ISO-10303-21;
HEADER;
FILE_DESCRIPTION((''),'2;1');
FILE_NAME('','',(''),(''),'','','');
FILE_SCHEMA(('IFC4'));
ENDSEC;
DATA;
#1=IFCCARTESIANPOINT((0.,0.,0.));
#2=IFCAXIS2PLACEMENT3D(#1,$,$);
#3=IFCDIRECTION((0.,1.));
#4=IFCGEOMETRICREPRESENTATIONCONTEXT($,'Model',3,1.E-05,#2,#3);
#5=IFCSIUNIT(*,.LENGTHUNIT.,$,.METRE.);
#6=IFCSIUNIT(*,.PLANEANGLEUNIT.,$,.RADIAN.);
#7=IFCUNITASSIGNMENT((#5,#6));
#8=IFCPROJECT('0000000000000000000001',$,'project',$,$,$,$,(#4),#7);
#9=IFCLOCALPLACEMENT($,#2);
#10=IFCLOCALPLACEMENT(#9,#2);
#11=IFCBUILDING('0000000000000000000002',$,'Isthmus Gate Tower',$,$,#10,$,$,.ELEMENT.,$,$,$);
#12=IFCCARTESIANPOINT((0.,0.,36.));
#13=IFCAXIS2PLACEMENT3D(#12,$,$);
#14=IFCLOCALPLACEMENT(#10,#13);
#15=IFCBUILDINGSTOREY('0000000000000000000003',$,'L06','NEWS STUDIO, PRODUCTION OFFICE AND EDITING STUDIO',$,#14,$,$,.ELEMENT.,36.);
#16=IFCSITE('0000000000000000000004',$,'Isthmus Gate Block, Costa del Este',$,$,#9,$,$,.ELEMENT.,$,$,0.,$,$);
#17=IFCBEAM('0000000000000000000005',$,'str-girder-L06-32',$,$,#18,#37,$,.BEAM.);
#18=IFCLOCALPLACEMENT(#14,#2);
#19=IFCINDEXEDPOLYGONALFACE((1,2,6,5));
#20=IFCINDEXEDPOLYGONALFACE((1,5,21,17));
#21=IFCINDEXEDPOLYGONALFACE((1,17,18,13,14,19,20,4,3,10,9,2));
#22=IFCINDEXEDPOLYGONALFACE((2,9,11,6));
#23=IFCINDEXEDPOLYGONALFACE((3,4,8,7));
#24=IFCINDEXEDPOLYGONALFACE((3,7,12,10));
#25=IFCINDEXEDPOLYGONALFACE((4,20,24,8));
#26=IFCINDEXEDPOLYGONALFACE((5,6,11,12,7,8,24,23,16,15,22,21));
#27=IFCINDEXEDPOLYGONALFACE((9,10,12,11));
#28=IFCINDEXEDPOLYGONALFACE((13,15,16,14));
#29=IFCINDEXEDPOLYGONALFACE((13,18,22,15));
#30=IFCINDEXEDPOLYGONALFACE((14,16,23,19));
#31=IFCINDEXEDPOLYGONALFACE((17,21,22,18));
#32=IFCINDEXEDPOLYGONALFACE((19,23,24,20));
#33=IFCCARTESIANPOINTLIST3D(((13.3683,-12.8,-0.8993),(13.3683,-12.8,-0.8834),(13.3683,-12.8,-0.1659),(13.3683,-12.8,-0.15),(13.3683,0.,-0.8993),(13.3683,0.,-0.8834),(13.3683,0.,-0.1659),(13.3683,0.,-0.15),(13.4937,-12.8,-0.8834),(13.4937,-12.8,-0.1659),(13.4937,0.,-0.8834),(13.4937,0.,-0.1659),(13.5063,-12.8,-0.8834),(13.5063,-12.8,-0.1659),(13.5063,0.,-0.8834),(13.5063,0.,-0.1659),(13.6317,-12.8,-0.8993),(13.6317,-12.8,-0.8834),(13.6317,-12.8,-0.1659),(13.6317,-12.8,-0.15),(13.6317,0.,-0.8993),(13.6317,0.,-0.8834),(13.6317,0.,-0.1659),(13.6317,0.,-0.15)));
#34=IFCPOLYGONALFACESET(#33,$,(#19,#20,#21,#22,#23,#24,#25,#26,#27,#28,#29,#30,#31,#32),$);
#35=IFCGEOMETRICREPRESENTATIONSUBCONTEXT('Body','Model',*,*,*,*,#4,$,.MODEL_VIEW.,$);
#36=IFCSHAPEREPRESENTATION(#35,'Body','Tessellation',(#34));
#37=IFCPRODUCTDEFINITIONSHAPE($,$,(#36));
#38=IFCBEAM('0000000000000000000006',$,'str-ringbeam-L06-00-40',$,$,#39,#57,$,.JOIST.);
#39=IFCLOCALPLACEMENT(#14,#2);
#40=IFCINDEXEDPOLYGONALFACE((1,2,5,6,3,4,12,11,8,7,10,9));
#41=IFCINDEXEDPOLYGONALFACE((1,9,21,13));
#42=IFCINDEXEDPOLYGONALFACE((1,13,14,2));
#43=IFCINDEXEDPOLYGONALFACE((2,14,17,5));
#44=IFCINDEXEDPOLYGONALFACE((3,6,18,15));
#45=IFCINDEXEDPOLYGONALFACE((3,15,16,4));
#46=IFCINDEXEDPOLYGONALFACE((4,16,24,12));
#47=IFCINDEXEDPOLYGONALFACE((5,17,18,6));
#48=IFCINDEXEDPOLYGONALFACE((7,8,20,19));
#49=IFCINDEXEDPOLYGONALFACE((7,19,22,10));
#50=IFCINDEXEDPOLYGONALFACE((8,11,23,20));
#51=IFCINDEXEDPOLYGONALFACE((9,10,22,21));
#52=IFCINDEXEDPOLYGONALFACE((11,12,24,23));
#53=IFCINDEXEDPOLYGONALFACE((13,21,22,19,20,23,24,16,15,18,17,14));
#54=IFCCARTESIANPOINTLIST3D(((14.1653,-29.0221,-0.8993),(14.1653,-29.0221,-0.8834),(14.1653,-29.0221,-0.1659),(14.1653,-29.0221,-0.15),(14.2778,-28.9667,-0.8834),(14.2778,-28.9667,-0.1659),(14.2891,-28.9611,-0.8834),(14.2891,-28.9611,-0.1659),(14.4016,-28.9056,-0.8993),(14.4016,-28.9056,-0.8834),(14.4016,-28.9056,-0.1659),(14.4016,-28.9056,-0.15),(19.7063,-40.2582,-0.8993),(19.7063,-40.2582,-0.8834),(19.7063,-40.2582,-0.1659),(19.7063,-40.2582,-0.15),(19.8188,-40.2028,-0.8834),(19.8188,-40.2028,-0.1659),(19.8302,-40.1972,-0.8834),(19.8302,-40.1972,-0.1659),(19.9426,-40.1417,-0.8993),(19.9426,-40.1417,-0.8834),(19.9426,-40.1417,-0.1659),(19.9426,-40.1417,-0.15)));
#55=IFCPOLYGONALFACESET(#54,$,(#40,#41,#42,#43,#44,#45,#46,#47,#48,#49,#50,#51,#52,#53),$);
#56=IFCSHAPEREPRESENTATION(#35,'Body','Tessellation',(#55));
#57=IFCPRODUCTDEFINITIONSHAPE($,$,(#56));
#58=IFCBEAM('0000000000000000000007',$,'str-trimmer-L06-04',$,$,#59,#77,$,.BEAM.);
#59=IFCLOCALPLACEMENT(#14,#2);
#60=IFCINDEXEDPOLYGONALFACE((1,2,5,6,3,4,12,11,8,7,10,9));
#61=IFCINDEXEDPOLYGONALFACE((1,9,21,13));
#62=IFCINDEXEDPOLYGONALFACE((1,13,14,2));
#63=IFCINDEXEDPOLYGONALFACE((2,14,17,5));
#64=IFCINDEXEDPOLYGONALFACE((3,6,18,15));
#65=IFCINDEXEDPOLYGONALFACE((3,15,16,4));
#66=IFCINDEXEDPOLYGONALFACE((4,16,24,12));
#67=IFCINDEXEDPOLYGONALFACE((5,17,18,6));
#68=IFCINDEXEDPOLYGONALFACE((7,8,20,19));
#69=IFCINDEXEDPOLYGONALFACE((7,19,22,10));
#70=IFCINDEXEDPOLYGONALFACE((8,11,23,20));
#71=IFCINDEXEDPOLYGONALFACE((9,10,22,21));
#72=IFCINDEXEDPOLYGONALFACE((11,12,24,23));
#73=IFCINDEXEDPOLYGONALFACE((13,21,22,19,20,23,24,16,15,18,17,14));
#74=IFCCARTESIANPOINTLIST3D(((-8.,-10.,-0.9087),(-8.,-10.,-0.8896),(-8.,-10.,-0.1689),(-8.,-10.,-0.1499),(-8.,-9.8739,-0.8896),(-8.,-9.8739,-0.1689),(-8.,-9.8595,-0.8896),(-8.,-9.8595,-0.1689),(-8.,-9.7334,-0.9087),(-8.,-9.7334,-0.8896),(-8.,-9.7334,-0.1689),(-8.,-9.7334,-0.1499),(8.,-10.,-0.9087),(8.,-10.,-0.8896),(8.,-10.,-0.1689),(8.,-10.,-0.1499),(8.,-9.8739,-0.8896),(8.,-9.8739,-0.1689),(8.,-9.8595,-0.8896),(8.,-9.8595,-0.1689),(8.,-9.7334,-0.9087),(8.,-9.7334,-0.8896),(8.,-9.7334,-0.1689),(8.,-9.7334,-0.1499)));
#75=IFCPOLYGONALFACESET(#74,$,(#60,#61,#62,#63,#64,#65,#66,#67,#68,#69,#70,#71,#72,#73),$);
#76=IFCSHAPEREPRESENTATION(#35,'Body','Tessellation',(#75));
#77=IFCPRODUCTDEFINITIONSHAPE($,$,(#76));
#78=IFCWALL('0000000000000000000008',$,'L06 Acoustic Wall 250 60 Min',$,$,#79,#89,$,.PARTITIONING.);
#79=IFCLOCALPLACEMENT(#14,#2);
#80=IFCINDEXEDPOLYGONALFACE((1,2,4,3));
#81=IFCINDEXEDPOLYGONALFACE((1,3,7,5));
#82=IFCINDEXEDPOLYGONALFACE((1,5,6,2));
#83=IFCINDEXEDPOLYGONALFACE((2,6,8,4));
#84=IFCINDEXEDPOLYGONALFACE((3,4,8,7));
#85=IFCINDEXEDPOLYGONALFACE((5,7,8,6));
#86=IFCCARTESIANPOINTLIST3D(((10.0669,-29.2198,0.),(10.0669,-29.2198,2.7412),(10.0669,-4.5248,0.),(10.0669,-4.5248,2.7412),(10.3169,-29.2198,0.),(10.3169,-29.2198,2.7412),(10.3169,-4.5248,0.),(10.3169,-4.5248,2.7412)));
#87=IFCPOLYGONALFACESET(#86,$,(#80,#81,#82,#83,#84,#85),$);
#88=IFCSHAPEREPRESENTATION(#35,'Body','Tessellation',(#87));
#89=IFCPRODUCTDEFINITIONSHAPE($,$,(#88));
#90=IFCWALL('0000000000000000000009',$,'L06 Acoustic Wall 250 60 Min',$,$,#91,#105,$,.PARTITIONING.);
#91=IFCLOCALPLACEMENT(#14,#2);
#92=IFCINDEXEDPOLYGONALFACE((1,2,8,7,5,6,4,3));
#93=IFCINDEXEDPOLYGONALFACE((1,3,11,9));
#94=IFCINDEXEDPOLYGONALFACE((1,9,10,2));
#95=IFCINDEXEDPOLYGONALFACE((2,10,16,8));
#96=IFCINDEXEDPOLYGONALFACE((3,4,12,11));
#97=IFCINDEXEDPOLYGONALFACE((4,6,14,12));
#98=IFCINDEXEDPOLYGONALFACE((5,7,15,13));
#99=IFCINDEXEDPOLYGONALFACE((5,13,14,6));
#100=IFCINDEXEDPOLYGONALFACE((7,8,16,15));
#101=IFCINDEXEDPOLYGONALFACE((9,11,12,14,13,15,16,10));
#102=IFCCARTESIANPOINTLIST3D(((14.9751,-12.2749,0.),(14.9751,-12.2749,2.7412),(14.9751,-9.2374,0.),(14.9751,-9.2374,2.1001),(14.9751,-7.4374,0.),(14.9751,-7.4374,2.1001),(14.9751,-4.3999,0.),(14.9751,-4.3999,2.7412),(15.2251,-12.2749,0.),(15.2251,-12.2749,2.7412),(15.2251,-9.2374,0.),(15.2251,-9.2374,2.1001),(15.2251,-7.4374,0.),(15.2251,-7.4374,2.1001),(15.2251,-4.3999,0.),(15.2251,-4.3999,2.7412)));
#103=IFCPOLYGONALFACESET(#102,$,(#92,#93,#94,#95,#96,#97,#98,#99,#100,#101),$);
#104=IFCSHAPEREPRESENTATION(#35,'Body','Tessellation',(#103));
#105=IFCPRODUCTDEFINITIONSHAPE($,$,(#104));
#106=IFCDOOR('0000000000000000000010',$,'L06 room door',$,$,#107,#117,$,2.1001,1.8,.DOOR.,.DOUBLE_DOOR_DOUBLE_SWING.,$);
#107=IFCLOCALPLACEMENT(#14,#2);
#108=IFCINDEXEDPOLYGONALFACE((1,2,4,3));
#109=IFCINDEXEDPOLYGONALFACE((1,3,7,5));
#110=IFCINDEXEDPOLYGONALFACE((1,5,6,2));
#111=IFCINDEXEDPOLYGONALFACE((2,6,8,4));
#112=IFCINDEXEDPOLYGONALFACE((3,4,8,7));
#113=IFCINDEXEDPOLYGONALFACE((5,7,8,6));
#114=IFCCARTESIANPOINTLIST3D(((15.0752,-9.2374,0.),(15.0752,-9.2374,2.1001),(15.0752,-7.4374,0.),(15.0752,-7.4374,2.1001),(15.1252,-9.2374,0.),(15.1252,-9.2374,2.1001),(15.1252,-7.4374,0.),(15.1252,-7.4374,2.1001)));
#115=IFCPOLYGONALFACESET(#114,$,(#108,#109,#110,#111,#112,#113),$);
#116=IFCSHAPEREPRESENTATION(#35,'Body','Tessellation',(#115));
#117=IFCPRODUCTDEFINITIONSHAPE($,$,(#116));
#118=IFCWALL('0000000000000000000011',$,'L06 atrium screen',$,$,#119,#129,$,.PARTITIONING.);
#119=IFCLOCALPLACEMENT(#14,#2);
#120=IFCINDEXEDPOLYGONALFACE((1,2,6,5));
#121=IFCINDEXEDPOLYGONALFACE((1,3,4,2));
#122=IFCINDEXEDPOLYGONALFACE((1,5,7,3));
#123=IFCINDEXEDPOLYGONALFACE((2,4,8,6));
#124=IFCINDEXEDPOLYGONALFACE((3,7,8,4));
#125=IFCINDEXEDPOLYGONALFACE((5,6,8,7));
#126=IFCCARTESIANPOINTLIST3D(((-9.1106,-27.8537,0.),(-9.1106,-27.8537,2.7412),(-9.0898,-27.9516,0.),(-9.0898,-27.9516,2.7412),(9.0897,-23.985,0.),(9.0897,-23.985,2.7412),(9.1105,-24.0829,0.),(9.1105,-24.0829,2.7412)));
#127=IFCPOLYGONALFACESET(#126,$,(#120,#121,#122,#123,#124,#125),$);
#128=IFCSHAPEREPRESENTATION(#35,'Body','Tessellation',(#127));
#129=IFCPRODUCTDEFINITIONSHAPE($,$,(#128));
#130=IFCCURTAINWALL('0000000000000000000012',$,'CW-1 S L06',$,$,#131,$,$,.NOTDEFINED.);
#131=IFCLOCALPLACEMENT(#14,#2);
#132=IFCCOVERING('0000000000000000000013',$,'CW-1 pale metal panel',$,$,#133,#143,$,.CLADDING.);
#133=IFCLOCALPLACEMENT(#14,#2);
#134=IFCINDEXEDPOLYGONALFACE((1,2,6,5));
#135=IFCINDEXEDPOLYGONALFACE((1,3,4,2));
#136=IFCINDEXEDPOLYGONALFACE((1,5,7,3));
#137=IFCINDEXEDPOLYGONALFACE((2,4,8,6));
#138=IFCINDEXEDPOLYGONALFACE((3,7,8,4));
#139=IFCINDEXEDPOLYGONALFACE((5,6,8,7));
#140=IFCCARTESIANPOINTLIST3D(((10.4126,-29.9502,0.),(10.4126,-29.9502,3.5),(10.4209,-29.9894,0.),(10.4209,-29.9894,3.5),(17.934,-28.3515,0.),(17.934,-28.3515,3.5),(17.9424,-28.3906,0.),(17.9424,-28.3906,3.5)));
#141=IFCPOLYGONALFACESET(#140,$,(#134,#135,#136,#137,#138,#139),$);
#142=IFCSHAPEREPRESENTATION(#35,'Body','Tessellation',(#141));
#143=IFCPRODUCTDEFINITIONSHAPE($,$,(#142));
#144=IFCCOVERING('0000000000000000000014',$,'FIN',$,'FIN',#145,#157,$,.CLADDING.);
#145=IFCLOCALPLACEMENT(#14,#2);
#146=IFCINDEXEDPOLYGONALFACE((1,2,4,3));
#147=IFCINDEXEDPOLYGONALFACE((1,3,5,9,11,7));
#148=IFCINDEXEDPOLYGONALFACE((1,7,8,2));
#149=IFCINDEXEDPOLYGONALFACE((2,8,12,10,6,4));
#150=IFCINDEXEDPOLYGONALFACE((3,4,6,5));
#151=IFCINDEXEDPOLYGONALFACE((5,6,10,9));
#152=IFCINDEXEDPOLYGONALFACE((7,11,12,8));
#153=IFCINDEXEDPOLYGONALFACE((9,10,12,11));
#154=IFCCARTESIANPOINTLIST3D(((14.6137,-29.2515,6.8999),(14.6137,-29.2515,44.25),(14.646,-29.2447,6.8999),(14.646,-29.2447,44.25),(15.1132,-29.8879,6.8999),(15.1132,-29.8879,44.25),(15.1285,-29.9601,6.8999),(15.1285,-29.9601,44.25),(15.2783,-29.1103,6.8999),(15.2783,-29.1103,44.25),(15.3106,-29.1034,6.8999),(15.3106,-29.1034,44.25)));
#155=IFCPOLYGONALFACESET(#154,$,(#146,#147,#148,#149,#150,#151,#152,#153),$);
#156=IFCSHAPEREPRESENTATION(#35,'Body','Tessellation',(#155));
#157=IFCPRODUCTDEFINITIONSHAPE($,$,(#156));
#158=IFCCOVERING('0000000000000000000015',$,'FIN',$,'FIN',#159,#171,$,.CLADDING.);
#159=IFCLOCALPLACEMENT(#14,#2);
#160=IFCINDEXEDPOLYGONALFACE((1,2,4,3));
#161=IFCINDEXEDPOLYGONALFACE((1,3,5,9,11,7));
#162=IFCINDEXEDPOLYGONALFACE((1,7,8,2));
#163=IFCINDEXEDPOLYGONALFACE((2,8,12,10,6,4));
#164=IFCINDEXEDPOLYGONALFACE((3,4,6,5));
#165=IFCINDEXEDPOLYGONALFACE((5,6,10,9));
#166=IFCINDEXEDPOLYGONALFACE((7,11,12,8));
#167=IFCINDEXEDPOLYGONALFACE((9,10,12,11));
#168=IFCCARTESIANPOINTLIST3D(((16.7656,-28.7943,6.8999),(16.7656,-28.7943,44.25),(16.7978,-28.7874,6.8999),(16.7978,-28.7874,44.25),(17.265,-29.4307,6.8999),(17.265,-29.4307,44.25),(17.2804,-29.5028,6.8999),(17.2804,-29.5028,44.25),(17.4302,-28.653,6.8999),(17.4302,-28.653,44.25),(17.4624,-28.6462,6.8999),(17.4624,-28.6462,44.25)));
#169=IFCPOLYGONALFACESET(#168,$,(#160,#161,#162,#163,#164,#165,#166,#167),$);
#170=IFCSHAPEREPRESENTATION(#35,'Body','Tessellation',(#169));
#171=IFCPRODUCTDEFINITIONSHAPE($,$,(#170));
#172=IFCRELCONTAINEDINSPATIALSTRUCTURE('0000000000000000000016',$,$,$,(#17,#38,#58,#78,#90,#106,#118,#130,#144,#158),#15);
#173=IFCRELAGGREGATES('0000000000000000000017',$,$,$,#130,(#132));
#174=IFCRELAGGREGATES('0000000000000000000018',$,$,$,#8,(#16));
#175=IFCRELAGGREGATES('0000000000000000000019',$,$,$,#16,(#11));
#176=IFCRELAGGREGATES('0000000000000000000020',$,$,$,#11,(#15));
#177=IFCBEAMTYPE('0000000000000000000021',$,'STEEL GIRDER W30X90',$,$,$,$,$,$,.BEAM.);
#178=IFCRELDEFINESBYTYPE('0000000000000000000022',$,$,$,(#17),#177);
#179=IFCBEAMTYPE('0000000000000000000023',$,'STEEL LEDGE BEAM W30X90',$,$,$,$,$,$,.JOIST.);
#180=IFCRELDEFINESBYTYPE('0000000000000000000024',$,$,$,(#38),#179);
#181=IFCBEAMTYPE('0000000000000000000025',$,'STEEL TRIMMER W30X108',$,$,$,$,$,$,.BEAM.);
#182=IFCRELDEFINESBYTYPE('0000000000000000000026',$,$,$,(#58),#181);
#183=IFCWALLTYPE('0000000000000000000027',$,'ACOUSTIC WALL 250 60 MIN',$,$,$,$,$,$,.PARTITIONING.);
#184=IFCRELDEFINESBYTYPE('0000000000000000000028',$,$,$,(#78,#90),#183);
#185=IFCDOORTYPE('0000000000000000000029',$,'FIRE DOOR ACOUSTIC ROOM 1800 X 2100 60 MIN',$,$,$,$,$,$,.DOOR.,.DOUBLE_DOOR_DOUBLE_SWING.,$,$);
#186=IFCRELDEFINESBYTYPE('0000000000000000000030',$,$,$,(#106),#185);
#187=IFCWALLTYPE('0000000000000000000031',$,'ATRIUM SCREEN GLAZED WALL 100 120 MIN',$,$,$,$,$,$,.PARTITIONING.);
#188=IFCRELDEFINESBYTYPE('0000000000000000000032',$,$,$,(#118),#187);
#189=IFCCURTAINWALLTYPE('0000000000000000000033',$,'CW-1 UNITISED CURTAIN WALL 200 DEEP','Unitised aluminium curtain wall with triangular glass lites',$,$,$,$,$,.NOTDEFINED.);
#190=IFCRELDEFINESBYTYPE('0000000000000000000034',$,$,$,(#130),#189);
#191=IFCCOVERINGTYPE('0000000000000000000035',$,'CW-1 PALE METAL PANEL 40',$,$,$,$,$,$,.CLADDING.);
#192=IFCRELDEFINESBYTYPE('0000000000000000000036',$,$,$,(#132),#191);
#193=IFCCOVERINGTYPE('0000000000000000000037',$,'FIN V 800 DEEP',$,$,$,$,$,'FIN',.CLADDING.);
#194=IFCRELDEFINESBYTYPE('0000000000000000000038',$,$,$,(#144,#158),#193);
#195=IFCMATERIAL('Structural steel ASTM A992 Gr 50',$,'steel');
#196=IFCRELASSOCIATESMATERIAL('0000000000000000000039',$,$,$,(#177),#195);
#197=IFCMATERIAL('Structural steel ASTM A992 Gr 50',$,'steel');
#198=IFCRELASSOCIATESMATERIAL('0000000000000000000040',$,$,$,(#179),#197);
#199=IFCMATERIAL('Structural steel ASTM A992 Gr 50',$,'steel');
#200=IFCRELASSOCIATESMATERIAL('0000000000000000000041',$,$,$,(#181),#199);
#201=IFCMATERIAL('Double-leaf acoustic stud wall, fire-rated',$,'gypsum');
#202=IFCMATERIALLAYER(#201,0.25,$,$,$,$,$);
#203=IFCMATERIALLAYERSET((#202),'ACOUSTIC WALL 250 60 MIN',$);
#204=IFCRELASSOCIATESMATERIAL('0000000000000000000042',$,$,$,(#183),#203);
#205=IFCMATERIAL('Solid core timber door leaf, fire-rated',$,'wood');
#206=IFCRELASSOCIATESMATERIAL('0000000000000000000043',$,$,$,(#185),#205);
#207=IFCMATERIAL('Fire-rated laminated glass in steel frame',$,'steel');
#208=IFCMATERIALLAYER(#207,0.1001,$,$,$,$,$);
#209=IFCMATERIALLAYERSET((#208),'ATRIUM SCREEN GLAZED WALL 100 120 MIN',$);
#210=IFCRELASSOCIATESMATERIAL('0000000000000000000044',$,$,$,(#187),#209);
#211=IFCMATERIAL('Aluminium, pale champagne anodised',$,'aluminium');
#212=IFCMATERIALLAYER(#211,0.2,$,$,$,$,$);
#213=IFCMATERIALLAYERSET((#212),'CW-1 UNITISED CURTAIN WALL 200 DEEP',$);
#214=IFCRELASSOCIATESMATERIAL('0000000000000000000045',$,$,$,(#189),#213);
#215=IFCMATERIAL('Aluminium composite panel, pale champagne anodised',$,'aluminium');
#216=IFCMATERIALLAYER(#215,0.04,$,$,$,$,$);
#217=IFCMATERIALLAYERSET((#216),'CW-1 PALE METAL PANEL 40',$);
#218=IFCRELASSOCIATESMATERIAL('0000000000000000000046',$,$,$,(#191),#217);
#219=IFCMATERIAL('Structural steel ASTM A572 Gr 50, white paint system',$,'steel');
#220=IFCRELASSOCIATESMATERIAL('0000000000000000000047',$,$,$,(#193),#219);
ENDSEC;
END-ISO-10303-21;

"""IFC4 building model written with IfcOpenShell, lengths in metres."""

from ifc_helpers import new_model, si_unit, direction, frame, frame_2d, origin, origin_2d, place, context, subcontext, project, spatial, polyline, rectangle, i_section, outline, extrude, material, layer, layer_set, material_profile, profile_set, type_object, element, fill, aggregate, save


model = new_model("IFC4")

# Units and contexts
model_context = context("Model", 3, precision=1e-05, world=origin(), true_north=direction((0.0, 1.0)))
body_context = subcontext(model_context, "Body", "Model", "MODEL_VIEW")
ifc_project = project(units=[si_unit("LENGTHUNIT", "METRE"), si_unit("PLANEANGLEUNIT", "RADIAN")], contexts=[model_context])

# Site, building, storey
site_placement = place(None, origin())
site = spatial("IfcSite", under=ifc_project, at=site_placement, Name="Isthmus Gate Block, Costa del Este", CompositionType="ELEMENT", RefElevation=0.0)
building_placement = place(site_placement, origin())
building = spatial("IfcBuilding", under=site, at=building_placement, Name="Isthmus Gate Tower", CompositionType="ELEMENT")
storey_placement = place(building_placement, frame((0.0, 0.0, 36.0)))
storey = spatial("IfcBuildingStorey", under=building, at=storey_placement, Name="L06", Description="NEWS STUDIO, PRODUCTION OFFICE AND EDITING STUDIO", CompositionType="ELEMENT", Elevation=36.0)

# Beams
ifc_material_1 = material(Name="Structural steel ASTM A992 Gr 50", Category="steel")
ifc_material_profile_1 = material_profile(ifc_material_1, i_section(OverallWidth=0.2634, OverallDepth=0.7493, WebThickness=0.0127, FlangeThickness=0.0159, at=origin_2d()), Name="W30X90")
ifc_profile_set_1 = profile_set([ifc_material_profile_1], Name="Structural steel ASTM A992 Gr 50")
beam_type_1 = type_object("IfcBeamType", Name="STEEL GIRDER W30X90", PredefinedType="BEAM", material=ifc_profile_set_1)
beam_1_placement = place(storey_placement, frame((13.5, -12.8, -0.5247), z_axis=(0.0, 1.0, 0.0), x_axis=(-1.0, 0.0, 0.0)))
element("IfcBeam", 1, at=beam_1_placement, inside=storey, type_object=beam_type_1, Name="str-girder-L06-32", PredefinedType="BEAM", context=body_context, shape_type="SweptSolid", body=[
    extrude(i_section(OverallWidth=0.2634, OverallDepth=0.7493, WebThickness=0.0127, FlangeThickness=0.0159, at=origin_2d()), origin(), (0.0, 0.0, 1.0), 12.8),
])
ifc_material_2 = material(Name="Structural steel ASTM A992 Gr 50", Category="steel")
ifc_material_profile_2 = material_profile(ifc_material_2, i_section(OverallWidth=0.2634, OverallDepth=0.7493, WebThickness=0.0127, FlangeThickness=0.0159, at=origin_2d()), Name="W30X90")
ifc_profile_set_2 = profile_set([ifc_material_profile_2], Name="Structural steel ASTM A992 Gr 50")
beam_type_2 = type_object("IfcBeamType", Name="STEEL LEDGE BEAM W30X90", PredefinedType="JOIST", material=ifc_profile_set_2)
beam_2_placement = place(storey_placement, frame((14.2834, -28.9639, -0.5247), z_axis=(0.442288, -0.896873, 0.0), x_axis=(0.896873, 0.442288, 0.0)))
element("IfcBeam", 2, at=beam_2_placement, inside=storey, type_object=beam_type_2, Name="str-ringbeam-L06-00-40", PredefinedType="JOIST", context=body_context, shape_type="SweptSolid", body=[
    extrude(i_section(OverallWidth=0.2634, OverallDepth=0.7493, WebThickness=0.0127, FlangeThickness=0.0159, at=origin_2d()), origin(), (0.0, 0.0, 1.0), 12.5281),
])
ifc_material_3 = material(Name="Structural steel ASTM A992 Gr 50", Category="steel")
ifc_material_profile_3 = material_profile(ifc_material_3, i_section(OverallWidth=0.2666, OverallDepth=0.7588, WebThickness=0.0144, FlangeThickness=0.019, at=origin_2d()), Name="W30X108")
ifc_profile_set_3 = profile_set([ifc_material_profile_3], Name="Structural steel ASTM A992 Gr 50")
beam_type_3 = type_object("IfcBeamType", Name="STEEL TRIMMER W30X108", PredefinedType="BEAM", material=ifc_profile_set_3)
beam_3_placement = place(storey_placement, frame((8.0, -9.8667, -0.5293), z_axis=(-1.0, 0.0, 0.0), x_axis=(0.0, -1.0, 0.0)))
element("IfcBeam", 3, at=beam_3_placement, inside=storey, type_object=beam_type_3, Name="str-trimmer-L06-04", PredefinedType="BEAM", context=body_context, shape_type="SweptSolid", body=[
    extrude(i_section(OverallWidth=0.2666, OverallDepth=0.7588, WebThickness=0.0144, FlangeThickness=0.019, at=origin_2d()), origin(), (0.0, 0.0, 1.0), 16.0),
])

# Wall
ifc_material_4 = material(Name="Double-leaf acoustic stud wall, fire-rated", Category="gypsum")
ifc_layer_1 = layer(ifc_material_4, 0.25)
ifc_layer_set_1 = layer_set([ifc_layer_1], Name="ACOUSTIC WALL 250 60 MIN")
wall_type_1 = type_object("IfcWallType", Name="ACOUSTIC WALL 250 60 MIN", PredefinedType="PARTITIONING", material=ifc_layer_set_1)
wall_1_placement = place(storey_placement, frame((10.1919, -29.22, 0.0), z_axis=(0.0, 0.0, 1.0), x_axis=(0.0, 1.0, 0.0)))
element("IfcWall", 4, at=wall_1_placement, inside=storey, type_object=wall_type_1, Name="L06 Acoustic Wall 250 60 Min", PredefinedType="PARTITIONING", context=body_context, shape_type="SweptSolid", body=[
    extrude(rectangle(XDim=24.6951, YDim=0.25, at=frame_2d((12.3477, 0.0))), origin(), (0.0, 0.0, 1.0), 2.7412),
])

# Wall, opening, door
wall_2_placement = place(storey_placement, frame((15.1001, -12.2749, 0.0), z_axis=(0.0, 0.0, 1.0), x_axis=(0.0, 1.0, 0.0)))
wall_2 = element("IfcWall", 5, at=wall_2_placement, inside=storey, type_object=wall_type_1, Name="L06 Acoustic Wall 250 60 Min", PredefinedType="PARTITIONING", context=body_context, shape_type="SweptSolid", body=[
    extrude(rectangle(XDim=7.875, YDim=0.25, at=frame_2d((3.9375, 0.0))), origin(), (0.0, 0.0, 1.0), 2.7412),
])
opening_placement = place(wall_2_placement, frame((3.0376, 0.0, 0.0)))
opening = element("IfcOpeningElement", 6, at=opening_placement, cuts=wall_2, PredefinedType="OPENING", context=body_context, shape_type="SweptSolid", body=[
    extrude(rectangle(XDim=1.8, YDim=2.1001, at=frame_2d((0.8999, 1.05))), frame((0.0, 0.135, 0.0), z_axis=(0.0, -1.0, 0.0), x_axis=(1.0, 0.0, 0.0)), (0.0, 0.0, 1.0), 0.27),
])
ifc_material_5 = material(Name="Solid core timber door leaf, fire-rated", Category="wood")
door_type = type_object("IfcDoorType", Name="FIRE DOOR ACOUSTIC ROOM 1800 X 2100 60 MIN", OperationType="DOUBLE_DOOR_DOUBLE_SWING", PredefinedType="DOOR", material=ifc_material_5)
door_placement = place(opening_placement, origin())
door = element("IfcDoor", 7, at=door_placement, inside=storey, type_object=door_type, Name="L06 room door", OperationType="DOUBLE_DOOR_DOUBLE_SWING", OverallHeight=2.1001, OverallWidth=1.8, PredefinedType="DOOR", context=body_context, shape_type="SweptSolid", body=[
    extrude(rectangle(XDim=1.8, YDim=2.1001, at=frame_2d((0.8999, 1.05))), frame((0.0, 0.0249, 0.0), z_axis=(0.0, -1.0, 0.0), x_axis=(1.0, 0.0, 0.0)), (0.0, 0.0, 1.0), 0.05),
])
fill(opening, door)

# Wall
ifc_material_6 = material(Name="Fire-rated laminated glass in steel frame", Category="steel")
ifc_layer_2 = layer(ifc_material_6, 0.1001)
ifc_layer_set_2 = layer_set([ifc_layer_2], Name="ATRIUM SCREEN GLAZED WALL 100 120 MIN")
wall_type_2 = type_object("IfcWallType", Name="ATRIUM SCREEN GLAZED WALL 100 120 MIN", PredefinedType="PARTITIONING", material=ifc_layer_set_2)
wall_3_placement = place(storey_placement, frame((9.1001, -24.0339, 0.0), z_axis=(0.0, 0.0, 1.0), x_axis=(-0.978147, -0.207916, 0.0)))
element("IfcWall", 8, at=wall_3_placement, inside=storey, type_object=wall_type_2, Name="L06 atrium screen", PredefinedType="PARTITIONING", context=body_context, shape_type="SweptSolid", body=[
    extrude(rectangle(XDim=18.6069, YDim=0.1001, at=frame_2d((9.3035, 0.0))), origin(), (0.0, 0.0, 1.0), 2.7412),
])

# Curtain wall, covering
ifc_material_7 = material(Name="Aluminium, pale champagne anodised", Category="aluminium")
ifc_layer_3 = layer(ifc_material_7, 0.2)
ifc_layer_set_3 = layer_set([ifc_layer_3], Name="CW-1 UNITISED CURTAIN WALL 200 DEEP")
curtain_wall_type = type_object("IfcCurtainWallType", Name="CW-1 UNITISED CURTAIN WALL 200 DEEP", Description="Unitised aluminium curtain wall with triangular glass lites", PredefinedType="NOTDEFINED", material=ifc_layer_set_3)
curtain_wall_placement = place(storey_placement, origin())
curtain_wall = element("IfcCurtainWall", 9, at=curtain_wall_placement, inside=storey, type_object=curtain_wall_type, Name="CW-1 S L06", PredefinedType="NOTDEFINED")
ifc_material_8 = material(Name="Aluminium composite panel, pale champagne anodised", Category="aluminium")
ifc_layer_4 = layer(ifc_material_8, 0.04)
ifc_layer_set_4 = layer_set([ifc_layer_4], Name="CW-1 PALE METAL PANEL 40")
covering_type_1 = type_object("IfcCoveringType", Name="CW-1 PALE METAL PANEL 40", PredefinedType="CLADDING", material=ifc_layer_set_4)
covering_placement = place(storey_placement, frame((14.1775, -29.1704, 0.0), z_axis=(0.0, 0.0, 1.0), x_axis=(0.978148, 0.207912, 0.0)))
covering = element("IfcCovering", 10, at=covering_placement, type_object=covering_type_1, Name="CW-1 pale metal panel", PredefinedType="CLADDING", context=body_context, shape_type="SweptSolid", body=[
    extrude(rectangle(XDim=7.6895, YDim=0.04, at=origin_2d()), origin(), (0.0, 0.0, 1.0), 3.5),
])
aggregate(curtain_wall, [covering])

# Coverings
ifc_material_9 = material(Name="Structural steel ASTM A572 Gr 50, white paint system", Category="steel")
ifc_material_profile_4 = material_profile(ifc_material_9, outline(polyline([(0.0, -0.3562), (0.8, 0.0), (0.0, 0.3562), (0.0, 0.3232), (0.7263, 0.0), (0.0, -0.3232), (0.0, -0.3562)])), Name="V800")
ifc_profile_set_4 = profile_set([ifc_material_profile_4], Name="Structural steel ASTM A572 Gr 50, white paint system")
covering_type_2 = type_object("IfcCoveringType", Name="FIN V 800 DEEP", ElementType="FIN", PredefinedType="CLADDING", material=ifc_profile_set_4)
for number, where, z_axis, x_axis, name in (
    (11, (14.9622, -29.1775, 6.8999), (0.0, 0.0, 1.0), (0.207912, -0.978148, 0.0), "FIN"),
    (12, (17.114, -28.7202, 6.8999), (0.0, 0.0, 1.0), (0.207912, -0.978148, 0.0), "FIN"),
):
    element("IfcCovering", number, at=place(storey_placement, frame(where, z_axis=z_axis, x_axis=x_axis)), inside=storey, type_object=covering_type_2, Name=name, ObjectType="FIN", PredefinedType="CLADDING", context=body_context, shape_type="SweptSolid", body=[
        extrude(outline(polyline([(0.0, -0.3562), (0.8, 0.0), (0.0, 0.3562), (0.0, 0.3232), (0.7263, 0.0), (0.0, -0.3232), (0.0, -0.3562)])), origin(), (0.0, 0.0, 1.0), 37.3501),
    ])

save(model, "model.ifc")
